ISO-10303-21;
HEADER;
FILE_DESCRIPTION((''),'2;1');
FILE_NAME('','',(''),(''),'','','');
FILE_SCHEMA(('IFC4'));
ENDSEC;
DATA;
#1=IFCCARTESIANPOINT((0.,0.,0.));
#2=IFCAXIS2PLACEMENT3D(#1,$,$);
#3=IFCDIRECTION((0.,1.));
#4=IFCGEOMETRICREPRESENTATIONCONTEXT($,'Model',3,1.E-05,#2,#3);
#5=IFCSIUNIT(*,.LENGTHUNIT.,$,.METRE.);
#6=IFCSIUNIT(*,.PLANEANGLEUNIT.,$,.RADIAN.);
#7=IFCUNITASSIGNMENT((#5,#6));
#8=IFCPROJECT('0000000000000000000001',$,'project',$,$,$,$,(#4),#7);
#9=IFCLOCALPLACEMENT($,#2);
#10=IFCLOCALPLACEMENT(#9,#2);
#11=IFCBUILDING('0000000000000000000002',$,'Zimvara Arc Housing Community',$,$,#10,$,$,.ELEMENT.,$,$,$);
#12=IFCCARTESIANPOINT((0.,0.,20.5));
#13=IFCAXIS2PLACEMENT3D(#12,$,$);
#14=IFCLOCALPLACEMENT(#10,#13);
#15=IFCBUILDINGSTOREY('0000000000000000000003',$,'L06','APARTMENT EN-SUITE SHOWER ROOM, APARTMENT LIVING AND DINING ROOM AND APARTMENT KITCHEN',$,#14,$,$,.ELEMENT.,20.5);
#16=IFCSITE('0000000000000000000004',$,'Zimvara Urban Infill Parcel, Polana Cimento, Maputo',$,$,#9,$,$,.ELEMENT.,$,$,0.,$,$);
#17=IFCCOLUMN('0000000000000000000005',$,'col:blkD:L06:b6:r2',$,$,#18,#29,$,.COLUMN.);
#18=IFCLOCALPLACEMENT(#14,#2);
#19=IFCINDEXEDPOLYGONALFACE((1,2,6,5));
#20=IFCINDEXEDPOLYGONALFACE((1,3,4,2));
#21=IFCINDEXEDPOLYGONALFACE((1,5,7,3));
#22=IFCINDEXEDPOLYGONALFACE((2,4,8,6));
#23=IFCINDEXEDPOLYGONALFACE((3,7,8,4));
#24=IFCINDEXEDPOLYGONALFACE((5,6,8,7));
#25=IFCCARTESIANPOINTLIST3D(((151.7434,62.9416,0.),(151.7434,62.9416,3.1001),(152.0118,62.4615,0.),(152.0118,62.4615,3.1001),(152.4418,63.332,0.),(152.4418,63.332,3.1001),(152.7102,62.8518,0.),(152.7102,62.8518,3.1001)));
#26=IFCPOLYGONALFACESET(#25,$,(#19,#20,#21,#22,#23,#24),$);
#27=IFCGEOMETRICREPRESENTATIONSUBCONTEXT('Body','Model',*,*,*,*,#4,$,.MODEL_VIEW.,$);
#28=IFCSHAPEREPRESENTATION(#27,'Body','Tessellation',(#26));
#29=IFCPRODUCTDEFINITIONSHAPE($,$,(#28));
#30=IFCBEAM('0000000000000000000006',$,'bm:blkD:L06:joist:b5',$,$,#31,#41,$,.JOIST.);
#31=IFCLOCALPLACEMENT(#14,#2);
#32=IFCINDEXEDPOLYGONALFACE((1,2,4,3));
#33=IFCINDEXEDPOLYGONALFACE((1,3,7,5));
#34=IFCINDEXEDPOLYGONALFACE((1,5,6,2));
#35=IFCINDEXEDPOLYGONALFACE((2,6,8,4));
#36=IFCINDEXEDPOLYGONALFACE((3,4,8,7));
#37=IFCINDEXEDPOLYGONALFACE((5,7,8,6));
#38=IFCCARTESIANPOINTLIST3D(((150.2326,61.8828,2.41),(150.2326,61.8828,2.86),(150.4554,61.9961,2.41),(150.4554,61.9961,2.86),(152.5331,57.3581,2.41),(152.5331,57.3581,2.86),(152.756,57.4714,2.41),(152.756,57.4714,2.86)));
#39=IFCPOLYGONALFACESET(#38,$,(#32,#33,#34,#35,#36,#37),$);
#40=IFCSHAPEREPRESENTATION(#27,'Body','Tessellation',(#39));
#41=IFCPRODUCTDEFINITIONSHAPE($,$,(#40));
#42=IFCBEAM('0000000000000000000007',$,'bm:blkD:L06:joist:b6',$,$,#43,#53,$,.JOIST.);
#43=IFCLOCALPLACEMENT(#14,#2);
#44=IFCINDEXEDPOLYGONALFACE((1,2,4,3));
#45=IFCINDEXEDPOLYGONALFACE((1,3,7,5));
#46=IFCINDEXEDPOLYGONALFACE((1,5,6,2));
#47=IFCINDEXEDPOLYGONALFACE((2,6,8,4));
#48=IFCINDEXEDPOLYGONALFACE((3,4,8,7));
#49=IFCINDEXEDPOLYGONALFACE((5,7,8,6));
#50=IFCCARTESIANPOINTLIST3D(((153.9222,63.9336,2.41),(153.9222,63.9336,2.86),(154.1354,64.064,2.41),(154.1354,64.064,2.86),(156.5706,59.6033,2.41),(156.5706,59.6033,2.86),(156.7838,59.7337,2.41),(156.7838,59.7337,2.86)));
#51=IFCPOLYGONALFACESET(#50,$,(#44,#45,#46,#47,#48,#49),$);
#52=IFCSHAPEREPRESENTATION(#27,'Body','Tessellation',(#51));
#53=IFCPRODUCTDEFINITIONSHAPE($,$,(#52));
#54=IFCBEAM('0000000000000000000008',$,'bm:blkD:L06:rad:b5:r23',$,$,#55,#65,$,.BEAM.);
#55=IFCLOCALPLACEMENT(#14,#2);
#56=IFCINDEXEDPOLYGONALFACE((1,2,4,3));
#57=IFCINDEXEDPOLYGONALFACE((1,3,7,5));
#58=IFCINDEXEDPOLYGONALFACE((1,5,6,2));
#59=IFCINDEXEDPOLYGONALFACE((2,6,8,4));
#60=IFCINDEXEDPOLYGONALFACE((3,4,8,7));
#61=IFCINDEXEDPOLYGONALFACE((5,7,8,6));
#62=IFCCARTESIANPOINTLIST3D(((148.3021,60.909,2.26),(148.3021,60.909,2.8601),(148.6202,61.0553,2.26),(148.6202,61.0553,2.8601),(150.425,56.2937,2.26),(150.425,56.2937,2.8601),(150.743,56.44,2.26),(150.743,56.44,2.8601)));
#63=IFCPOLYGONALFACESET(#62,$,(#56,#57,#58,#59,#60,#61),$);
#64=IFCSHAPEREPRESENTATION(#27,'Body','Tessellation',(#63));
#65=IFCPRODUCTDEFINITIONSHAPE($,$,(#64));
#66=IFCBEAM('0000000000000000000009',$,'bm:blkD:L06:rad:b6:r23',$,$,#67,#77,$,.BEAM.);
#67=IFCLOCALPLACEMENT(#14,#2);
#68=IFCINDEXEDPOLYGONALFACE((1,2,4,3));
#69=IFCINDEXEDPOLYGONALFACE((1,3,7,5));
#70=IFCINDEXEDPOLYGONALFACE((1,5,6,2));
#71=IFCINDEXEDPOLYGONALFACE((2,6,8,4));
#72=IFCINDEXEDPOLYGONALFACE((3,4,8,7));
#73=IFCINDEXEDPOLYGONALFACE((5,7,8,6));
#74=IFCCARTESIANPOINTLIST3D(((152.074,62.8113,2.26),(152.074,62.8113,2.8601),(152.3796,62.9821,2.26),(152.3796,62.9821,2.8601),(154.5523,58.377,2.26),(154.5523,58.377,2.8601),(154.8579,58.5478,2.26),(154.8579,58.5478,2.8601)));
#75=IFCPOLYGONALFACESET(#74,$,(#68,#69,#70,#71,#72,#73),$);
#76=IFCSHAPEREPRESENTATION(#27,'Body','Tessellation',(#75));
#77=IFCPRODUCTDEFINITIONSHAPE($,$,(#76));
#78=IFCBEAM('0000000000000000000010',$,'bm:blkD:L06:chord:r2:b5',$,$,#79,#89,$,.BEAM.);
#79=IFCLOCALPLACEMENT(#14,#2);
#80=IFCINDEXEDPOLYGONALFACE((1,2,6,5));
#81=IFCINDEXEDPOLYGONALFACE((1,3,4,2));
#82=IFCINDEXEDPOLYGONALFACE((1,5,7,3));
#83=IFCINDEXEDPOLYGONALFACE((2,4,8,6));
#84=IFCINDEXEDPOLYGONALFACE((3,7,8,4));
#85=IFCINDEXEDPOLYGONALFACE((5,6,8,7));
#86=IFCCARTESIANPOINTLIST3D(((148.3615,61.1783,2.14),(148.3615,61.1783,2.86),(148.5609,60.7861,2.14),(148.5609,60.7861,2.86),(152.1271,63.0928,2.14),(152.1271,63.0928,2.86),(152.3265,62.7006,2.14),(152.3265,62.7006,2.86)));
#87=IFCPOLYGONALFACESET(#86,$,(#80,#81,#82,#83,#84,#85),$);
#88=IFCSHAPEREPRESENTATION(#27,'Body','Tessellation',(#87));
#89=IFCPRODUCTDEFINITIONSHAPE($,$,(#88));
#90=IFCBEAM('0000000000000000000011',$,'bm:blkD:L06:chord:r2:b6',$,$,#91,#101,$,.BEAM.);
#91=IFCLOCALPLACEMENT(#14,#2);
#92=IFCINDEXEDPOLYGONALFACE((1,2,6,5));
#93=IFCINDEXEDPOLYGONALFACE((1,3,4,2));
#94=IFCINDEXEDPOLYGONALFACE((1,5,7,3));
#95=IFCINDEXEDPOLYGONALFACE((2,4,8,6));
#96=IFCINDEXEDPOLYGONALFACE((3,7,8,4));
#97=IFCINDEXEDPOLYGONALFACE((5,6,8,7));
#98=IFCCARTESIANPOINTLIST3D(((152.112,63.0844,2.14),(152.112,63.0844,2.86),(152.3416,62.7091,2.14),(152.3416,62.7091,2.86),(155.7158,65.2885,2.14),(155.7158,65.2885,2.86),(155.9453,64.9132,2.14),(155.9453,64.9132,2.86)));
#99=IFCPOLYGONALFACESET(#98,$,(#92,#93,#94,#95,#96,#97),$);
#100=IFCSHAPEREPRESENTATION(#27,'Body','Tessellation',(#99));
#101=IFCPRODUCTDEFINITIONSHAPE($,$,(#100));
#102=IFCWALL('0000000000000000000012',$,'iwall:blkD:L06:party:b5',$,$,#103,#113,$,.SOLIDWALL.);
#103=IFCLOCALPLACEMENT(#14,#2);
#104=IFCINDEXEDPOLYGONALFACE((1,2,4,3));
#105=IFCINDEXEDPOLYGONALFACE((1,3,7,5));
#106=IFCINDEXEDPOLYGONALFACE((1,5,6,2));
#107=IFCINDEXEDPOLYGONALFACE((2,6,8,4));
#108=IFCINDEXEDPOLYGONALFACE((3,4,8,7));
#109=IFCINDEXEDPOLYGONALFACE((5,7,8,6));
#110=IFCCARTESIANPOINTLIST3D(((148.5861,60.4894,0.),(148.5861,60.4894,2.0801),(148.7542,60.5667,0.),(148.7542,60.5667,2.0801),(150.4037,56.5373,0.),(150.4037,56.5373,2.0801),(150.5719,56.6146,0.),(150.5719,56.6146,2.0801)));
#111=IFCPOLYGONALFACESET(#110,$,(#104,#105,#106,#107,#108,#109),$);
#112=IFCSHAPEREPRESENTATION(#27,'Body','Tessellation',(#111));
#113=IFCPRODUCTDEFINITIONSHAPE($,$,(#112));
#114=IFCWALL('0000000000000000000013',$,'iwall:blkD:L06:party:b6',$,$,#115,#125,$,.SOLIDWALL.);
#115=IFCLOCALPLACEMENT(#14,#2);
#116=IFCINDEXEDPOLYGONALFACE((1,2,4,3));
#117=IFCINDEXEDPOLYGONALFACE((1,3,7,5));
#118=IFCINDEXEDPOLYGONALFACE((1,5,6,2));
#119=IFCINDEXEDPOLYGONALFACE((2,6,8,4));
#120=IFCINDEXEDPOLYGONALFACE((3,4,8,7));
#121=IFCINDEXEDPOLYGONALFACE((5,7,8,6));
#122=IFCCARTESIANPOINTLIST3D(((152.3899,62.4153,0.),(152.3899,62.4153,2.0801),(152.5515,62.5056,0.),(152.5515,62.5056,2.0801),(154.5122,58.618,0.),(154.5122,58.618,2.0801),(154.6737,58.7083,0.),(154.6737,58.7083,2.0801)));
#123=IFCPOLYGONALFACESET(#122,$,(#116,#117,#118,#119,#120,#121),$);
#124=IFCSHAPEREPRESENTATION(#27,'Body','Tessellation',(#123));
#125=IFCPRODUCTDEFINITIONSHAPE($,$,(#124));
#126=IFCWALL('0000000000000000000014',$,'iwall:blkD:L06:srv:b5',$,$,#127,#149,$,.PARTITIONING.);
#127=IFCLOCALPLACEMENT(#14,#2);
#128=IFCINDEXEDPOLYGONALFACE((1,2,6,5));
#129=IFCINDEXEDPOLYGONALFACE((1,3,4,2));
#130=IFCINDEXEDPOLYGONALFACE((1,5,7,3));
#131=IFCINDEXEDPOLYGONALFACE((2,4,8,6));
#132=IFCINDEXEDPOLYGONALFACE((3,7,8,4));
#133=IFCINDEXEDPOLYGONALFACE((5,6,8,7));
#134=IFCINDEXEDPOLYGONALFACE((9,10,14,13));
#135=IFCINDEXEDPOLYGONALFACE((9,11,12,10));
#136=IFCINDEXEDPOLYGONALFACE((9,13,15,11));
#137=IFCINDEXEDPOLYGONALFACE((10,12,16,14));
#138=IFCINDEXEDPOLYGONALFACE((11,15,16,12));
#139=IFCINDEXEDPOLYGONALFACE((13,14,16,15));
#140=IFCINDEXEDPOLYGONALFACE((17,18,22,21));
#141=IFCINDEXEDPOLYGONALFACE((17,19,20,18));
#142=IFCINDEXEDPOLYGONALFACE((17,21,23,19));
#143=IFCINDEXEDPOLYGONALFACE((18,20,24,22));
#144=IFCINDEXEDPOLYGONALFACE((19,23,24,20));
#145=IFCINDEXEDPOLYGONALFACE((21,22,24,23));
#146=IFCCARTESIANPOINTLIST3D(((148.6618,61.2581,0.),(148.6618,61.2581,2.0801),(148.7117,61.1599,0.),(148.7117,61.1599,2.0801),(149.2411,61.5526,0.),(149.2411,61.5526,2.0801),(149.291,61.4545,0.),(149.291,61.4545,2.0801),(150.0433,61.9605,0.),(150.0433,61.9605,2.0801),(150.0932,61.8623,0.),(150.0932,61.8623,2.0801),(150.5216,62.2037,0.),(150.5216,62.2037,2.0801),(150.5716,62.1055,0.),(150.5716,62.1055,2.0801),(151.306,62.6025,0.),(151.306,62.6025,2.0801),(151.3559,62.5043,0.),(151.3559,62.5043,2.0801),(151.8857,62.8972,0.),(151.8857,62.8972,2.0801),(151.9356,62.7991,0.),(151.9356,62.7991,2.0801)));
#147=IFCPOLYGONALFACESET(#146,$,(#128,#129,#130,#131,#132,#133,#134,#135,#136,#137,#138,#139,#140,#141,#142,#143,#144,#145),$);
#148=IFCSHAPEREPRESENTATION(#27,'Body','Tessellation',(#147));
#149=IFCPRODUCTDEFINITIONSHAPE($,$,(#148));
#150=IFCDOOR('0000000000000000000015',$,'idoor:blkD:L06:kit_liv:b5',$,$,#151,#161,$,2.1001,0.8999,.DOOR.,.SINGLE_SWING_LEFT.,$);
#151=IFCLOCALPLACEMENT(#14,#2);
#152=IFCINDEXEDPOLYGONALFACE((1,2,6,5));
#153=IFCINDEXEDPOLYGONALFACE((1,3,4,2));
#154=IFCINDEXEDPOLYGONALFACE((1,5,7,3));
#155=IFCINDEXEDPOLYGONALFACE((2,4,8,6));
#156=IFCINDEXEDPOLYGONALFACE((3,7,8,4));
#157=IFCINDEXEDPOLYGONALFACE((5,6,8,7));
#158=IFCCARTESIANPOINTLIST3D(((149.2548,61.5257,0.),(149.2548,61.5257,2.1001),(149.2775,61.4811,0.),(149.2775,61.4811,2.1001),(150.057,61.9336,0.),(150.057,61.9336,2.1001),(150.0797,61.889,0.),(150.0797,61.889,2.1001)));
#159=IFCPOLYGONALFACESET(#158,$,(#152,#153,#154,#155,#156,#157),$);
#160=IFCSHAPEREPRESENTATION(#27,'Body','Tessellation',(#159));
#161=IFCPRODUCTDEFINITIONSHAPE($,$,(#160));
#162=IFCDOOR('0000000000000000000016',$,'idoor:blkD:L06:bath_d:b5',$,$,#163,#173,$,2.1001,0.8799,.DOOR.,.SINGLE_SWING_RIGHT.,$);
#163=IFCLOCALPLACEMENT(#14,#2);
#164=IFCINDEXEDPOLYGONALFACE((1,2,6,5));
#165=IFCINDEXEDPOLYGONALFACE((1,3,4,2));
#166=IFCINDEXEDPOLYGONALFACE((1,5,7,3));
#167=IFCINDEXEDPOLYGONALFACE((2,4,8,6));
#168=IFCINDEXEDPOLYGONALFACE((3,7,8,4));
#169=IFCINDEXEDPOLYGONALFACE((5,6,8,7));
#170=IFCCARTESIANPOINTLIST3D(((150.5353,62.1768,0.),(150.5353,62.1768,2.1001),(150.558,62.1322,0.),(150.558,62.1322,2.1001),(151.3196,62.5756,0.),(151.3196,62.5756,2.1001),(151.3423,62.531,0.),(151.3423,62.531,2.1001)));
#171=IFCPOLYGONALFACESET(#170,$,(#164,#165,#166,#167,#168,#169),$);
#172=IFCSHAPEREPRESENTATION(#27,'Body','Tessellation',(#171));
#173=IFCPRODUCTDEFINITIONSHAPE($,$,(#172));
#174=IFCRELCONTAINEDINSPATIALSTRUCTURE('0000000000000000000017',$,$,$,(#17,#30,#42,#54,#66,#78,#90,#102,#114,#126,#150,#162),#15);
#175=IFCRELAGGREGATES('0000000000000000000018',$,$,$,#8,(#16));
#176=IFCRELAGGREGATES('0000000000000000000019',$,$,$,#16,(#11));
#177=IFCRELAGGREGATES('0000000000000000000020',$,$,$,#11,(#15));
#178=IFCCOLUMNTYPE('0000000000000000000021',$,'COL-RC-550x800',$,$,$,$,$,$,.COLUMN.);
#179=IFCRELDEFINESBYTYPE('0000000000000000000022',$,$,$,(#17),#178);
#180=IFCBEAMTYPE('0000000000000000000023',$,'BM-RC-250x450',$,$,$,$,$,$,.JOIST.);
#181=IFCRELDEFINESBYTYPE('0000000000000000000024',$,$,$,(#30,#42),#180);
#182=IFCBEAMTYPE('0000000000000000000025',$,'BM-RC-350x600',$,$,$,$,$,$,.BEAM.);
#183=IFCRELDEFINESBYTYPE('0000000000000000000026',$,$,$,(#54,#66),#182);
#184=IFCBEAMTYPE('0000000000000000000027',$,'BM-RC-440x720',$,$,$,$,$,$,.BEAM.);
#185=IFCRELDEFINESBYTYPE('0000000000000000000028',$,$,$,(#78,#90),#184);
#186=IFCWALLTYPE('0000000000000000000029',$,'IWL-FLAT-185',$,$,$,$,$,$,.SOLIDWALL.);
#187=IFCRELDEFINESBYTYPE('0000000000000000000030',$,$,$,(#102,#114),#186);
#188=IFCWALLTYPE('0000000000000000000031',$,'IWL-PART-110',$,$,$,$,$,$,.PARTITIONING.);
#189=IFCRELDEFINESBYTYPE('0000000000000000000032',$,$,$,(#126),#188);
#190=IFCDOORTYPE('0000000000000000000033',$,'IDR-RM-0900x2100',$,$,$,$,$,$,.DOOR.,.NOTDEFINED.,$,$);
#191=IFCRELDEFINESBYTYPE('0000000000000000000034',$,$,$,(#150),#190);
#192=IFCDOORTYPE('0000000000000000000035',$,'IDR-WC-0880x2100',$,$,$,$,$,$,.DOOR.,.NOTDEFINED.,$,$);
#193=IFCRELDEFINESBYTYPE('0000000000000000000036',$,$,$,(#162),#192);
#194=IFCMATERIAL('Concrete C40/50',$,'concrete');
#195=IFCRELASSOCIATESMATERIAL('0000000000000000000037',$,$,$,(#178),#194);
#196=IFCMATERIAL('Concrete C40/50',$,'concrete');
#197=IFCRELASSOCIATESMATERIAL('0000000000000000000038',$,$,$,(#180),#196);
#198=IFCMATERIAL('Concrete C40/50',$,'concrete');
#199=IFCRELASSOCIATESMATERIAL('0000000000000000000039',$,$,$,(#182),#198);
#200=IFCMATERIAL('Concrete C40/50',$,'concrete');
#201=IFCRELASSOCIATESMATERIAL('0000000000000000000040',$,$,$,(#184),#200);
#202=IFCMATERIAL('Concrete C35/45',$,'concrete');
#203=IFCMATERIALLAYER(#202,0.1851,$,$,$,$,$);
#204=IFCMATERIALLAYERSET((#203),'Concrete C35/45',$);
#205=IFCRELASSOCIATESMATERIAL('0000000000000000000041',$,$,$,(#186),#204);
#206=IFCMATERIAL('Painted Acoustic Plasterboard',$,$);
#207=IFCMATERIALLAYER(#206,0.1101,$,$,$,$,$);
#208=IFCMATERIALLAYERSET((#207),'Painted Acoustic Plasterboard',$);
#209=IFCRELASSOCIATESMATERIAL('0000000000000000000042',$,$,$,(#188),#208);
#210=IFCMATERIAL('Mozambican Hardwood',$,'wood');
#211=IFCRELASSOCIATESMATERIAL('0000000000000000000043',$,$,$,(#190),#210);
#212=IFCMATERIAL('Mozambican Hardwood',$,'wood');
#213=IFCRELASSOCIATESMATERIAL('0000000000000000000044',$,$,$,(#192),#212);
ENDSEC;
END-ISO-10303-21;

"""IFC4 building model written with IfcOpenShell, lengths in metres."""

from ifc_helpers import new_model, si_unit, direction, frame, frame_2d, origin, origin_2d, place, context, subcontext, project, spatial, rectangle, extrude, material, layer, layer_set, material_profile, profile_set, type_object, element, fill, save


model = new_model("IFC4")

# Units and contexts
model_context = context("Model", 3, precision=1e-05, world=origin(), true_north=direction((0.0, 1.0)))
body_context = subcontext(model_context, "Body", "Model", "MODEL_VIEW")
ifc_project = project(units=[si_unit("LENGTHUNIT", "METRE"), si_unit("PLANEANGLEUNIT", "RADIAN")], contexts=[model_context])

# Site, building, storey
site_placement = place(None, origin())
site = spatial("IfcSite", under=ifc_project, at=site_placement, Name="Zimvara Urban Infill Parcel, Polana Cimento, Maputo", CompositionType="ELEMENT", RefElevation=0.0)
building_placement = place(site_placement, origin())
building = spatial("IfcBuilding", under=site, at=building_placement, Name="Zimvara Arc Housing Community", CompositionType="ELEMENT")
storey_placement = place(building_placement, frame((0.0, 0.0, 20.5)))
storey = spatial("IfcBuildingStorey", under=building, at=storey_placement, Name="L06", Description="APARTMENT EN-SUITE SHOWER ROOM, APARTMENT LIVING AND DINING ROOM AND APARTMENT KITCHEN", CompositionType="ELEMENT", Elevation=20.5)

# Column
ifc_material_1 = material(Name="Concrete C40/50", Category="concrete")
ifc_material_profile_1 = material_profile(ifc_material_1, rectangle(XDim=0.55, YDim=0.8, at=origin_2d()), Name="RC 550x800")
ifc_profile_set_1 = profile_set([ifc_material_profile_1], Name="Concrete C40/50")
column_type = type_object("IfcColumnType", Name="COL-RC-550x800", PredefinedType="COLUMN", material=ifc_profile_set_1)
column_placement = place(storey_placement, frame((152.2268, 62.8967, 0.0), z_axis=(0.0, 0.0, 1.0), x_axis=(0.48786, -0.872922, 0.0)))
element("IfcColumn", 1, at=column_placement, inside=storey, type_object=column_type, Name="col:blkD:L06:b6:r2", PredefinedType="COLUMN", context=body_context, shape_type="SweptSolid", body=[
    extrude(rectangle(XDim=0.55, YDim=0.8, at=origin_2d()), origin(), (0.0, 0.0, 1.0), 3.1001),
])

# Beams
ifc_material_2 = material(Name="Concrete C40/50", Category="concrete")
ifc_material_profile_2 = material_profile(ifc_material_2, rectangle(XDim=0.25, YDim=0.45, at=origin_2d()), Name="RC 250x450")
ifc_profile_set_2 = profile_set([ifc_material_profile_2], Name="Concrete C40/50")
beam_type_1 = type_object("IfcBeamType", Name="BM-RC-250x450", PredefinedType="JOIST", material=ifc_profile_set_2)
for number, where, z_axis, x_axis, name in (
    (2, (150.344, 61.9395, 2.635), (0.453225, -0.891396, 0.0), (0.891396, 0.453225, 0.0), "bm:blkD:L06:joist:b5"),
    (3, (154.0288, 63.9988, 2.635), (0.521755, -0.853095, 0.0), (0.853095, 0.521755, 0.0), "bm:blkD:L06:joist:b6"),
):
    element("IfcBeam", number, at=place(storey_placement, frame(where, z_axis=z_axis, x_axis=x_axis)), inside=storey, type_object=beam_type_1, Name=name, PredefinedType="JOIST", context=body_context, shape_type="SweptSolid", body=[
        extrude(rectangle(XDim=0.25, YDim=0.45, at=origin_2d()), origin(), (0.0, 0.0, 1.0), 5.0759),
    ])
ifc_material_3 = material(Name="Concrete C40/50", Category="concrete")
ifc_material_profile_3 = material_profile(ifc_material_3, rectangle(XDim=0.3501, YDim=0.6001, at=origin_2d()), Name="RC 350x600")
ifc_profile_set_3 = profile_set([ifc_material_profile_3], Name="Concrete C40/50")
beam_type_2 = type_object("IfcBeamType", Name="BM-RC-350x600", PredefinedType="BEAM", material=ifc_profile_set_3)
beam_1_placement = place(storey_placement, frame((148.4612, 60.9822, 2.5601), z_axis=(0.417872, -0.908506, 0.0), x_axis=(0.908506, 0.417872, 0.0)))
element("IfcBeam", 4, at=beam_1_placement, inside=storey, type_object=beam_type_2, Name="bm:blkD:L06:rad:b5:r23", PredefinedType="BEAM", context=body_context, shape_type="SweptSolid", body=[
    extrude(rectangle(XDim=0.3501, YDim=0.6001, at=origin_2d()), origin(), (0.0, 0.0, 1.0), 5.0801),
])
beam_2_placement = place(storey_placement, frame((152.2268, 62.8967, 2.5601), z_axis=(0.487861, -0.872921, 0.0), x_axis=(0.872921, 0.487861, 0.0)))
element("IfcBeam", 5, at=beam_2_placement, inside=storey, type_object=beam_type_2, Name="bm:blkD:L06:rad:b6:r23", PredefinedType="BEAM", context=body_context, shape_type="SweptSolid", body=[
    extrude(rectangle(XDim=0.3501, YDim=0.6001, at=origin_2d()), origin(), (0.0, 0.0, 1.0), 5.0798),
])
ifc_material_4 = material(Name="Concrete C40/50", Category="concrete")
ifc_material_profile_4 = material_profile(ifc_material_4, rectangle(XDim=0.4399, YDim=0.72, at=origin_2d()), Name="RC 440x720")
ifc_profile_set_4 = profile_set([ifc_material_profile_4], Name="Concrete C40/50")
beam_type_3 = type_object("IfcBeamType", Name="BM-RC-440x720", PredefinedType="BEAM", material=ifc_profile_set_4)
for number, where, z_axis, x_axis, name in (
    (6, (148.4612, 60.9822, 2.5), (0.891402, 0.453214, 0.0), (-0.453214, 0.891402, 0.0), "bm:blkD:L06:chord:r2:b5"),
    (7, (152.2268, 62.8967, 2.5), (0.853092, 0.521761, 0.0), (-0.521761, 0.853092, 0.0), "bm:blkD:L06:chord:r2:b6"),
):
    element("IfcBeam", number, at=place(storey_placement, frame(where, z_axis=z_axis, x_axis=x_axis)), inside=storey, type_object=beam_type_3, Name=name, PredefinedType="BEAM", context=body_context, shape_type="SweptSolid", body=[
        extrude(rectangle(XDim=0.4399, YDim=0.72, at=origin_2d()), origin(), (0.0, 0.0, 1.0), 4.2244),
    ])

# Walls
ifc_material_5 = material(Name="Concrete C35/45", Category="concrete")
ifc_layer_1 = layer(ifc_material_5, 0.1851)
ifc_layer_set_1 = layer_set([ifc_layer_1], Name="Concrete C35/45")
wall_type_1 = type_object("IfcWallType", Name="IWL-FLAT-185", PredefinedType="SOLIDWALL", material=ifc_layer_set_1)
for number, where, z_axis, x_axis, name in (
    (8, (148.6702, 60.5281, 0.0), (0.0, 0.0, 1.0), (0.417837, -0.908522, 0.0), "iwall:blkD:L06:party:b5"),
    (9, (152.4707, 62.4604, 0.0), (0.0, 0.0, 1.0), (0.487867, -0.872918, 0.0), "iwall:blkD:L06:party:b6"),
):
    element("IfcWall", number, at=place(storey_placement, frame(where, z_axis=z_axis, x_axis=x_axis)), inside=storey, type_object=wall_type_1, Name=name, PredefinedType="SOLIDWALL", context=body_context, shape_type="SweptSolid", body=[
        extrude(rectangle(XDim=4.3501, YDim=0.1851, at=frame_2d((2.175, 0.0))), origin(), (0.0, 0.0, 1.0), 2.0801),
    ])

# Wall, openings, doors
ifc_material_6 = material(Name="Painted Acoustic Plasterboard")
ifc_layer_2 = layer(ifc_material_6, 0.1101)
ifc_layer_set_2 = layer_set([ifc_layer_2], Name="Painted Acoustic Plasterboard")
wall_type_2 = type_object("IfcWallType", Name="IWL-PART-110", PredefinedType="PARTITIONING", material=ifc_layer_set_2)
wall_1_placement = place(storey_placement, frame((148.6868, 61.209, 0.0), z_axis=(0.0, 0.0, 1.0), x_axis=(0.891396, 0.453225, 0.0)))
wall_1 = element("IfcWall", 10, at=wall_1_placement, inside=storey, type_object=wall_type_2, Name="iwall:blkD:L06:srv:b5", PredefinedType="PARTITIONING", context=body_context, shape_type="SweptSolid", body=[
    extrude(rectangle(XDim=3.6167, YDim=0.1101, at=frame_2d((1.8083, 0.0))), origin(), (0.0, 0.0, 1.0), 2.0801),
])
opening_1_placement = place(wall_1_placement, frame((0.6499, 0.0, 0.0)))
opening_1 = element("IfcOpeningElement", 11, at=opening_1_placement, cuts=wall_1, PredefinedType="OPENING", context=body_context, shape_type="SweptSolid", body=[
    extrude(rectangle(XDim=0.8999, YDim=2.1001, at=frame_2d((0.45, 1.05))), frame((0.0, 0.0649, 0.0), z_axis=(0.0, -1.0, 0.0), x_axis=(1.0, 0.0, 0.0)), (0.0, 0.0, 1.0), 0.1301),
])
opening_2_placement = place(wall_1_placement, frame((2.0864, 0.0, 0.0)))
opening_2 = element("IfcOpeningElement", 12, at=opening_2_placement, cuts=wall_1, PredefinedType="OPENING", context=body_context, shape_type="SweptSolid", body=[
    extrude(rectangle(XDim=0.8799, YDim=2.1001, at=frame_2d((0.4399, 1.05))), frame((0.0, 0.0649, 0.0), z_axis=(0.0, -1.0, 0.0), x_axis=(1.0, 0.0, 0.0)), (0.0, 0.0, 1.0), 0.1301),
])
ifc_material_7 = material(Name="Mozambican Hardwood", Category="wood")
door_type_1 = type_object("IfcDoorType", Name="IDR-RM-0900x2100", OperationType="NOTDEFINED", PredefinedType="DOOR", material=ifc_material_7)
door_1_placement = place(opening_1_placement, origin())
door_1 = element("IfcDoor", 13, at=door_1_placement, inside=storey, type_object=door_type_1, Name="idoor:blkD:L06:kit_liv:b5", OperationType="SINGLE_SWING_LEFT", OverallHeight=2.1001, OverallWidth=0.8999, PredefinedType="DOOR", context=body_context, shape_type="SweptSolid", body=[
    extrude(rectangle(XDim=0.8999, YDim=2.1001, at=frame_2d((0.45, 1.05))), frame((0.0, 0.0249, 0.0), z_axis=(0.0, -1.0, 0.0), x_axis=(1.0, 0.0, 0.0)), (0.0, 0.0, 1.0), 0.05),
])
fill(opening_1, door_1)
ifc_material_8 = material(Name="Mozambican Hardwood", Category="wood")
door_type_2 = type_object("IfcDoorType", Name="IDR-WC-0880x2100", OperationType="NOTDEFINED", PredefinedType="DOOR", material=ifc_material_8)
door_2_placement = place(opening_2_placement, origin())
door_2 = element("IfcDoor", 14, at=door_2_placement, inside=storey, type_object=door_type_2, Name="idoor:blkD:L06:bath_d:b5", OperationType="SINGLE_SWING_RIGHT", OverallHeight=2.1001, OverallWidth=0.8799, PredefinedType="DOOR", context=body_context, shape_type="SweptSolid", body=[
    extrude(rectangle(XDim=0.8799, YDim=2.1001, at=frame_2d((0.4399, 1.05))), frame((0.0, 0.0249, 0.0), z_axis=(0.0, -1.0, 0.0), x_axis=(1.0, 0.0, 0.0)), (0.0, 0.0, 1.0), 0.05),
])
fill(opening_2, door_2)

save(model, "model.ifc")
